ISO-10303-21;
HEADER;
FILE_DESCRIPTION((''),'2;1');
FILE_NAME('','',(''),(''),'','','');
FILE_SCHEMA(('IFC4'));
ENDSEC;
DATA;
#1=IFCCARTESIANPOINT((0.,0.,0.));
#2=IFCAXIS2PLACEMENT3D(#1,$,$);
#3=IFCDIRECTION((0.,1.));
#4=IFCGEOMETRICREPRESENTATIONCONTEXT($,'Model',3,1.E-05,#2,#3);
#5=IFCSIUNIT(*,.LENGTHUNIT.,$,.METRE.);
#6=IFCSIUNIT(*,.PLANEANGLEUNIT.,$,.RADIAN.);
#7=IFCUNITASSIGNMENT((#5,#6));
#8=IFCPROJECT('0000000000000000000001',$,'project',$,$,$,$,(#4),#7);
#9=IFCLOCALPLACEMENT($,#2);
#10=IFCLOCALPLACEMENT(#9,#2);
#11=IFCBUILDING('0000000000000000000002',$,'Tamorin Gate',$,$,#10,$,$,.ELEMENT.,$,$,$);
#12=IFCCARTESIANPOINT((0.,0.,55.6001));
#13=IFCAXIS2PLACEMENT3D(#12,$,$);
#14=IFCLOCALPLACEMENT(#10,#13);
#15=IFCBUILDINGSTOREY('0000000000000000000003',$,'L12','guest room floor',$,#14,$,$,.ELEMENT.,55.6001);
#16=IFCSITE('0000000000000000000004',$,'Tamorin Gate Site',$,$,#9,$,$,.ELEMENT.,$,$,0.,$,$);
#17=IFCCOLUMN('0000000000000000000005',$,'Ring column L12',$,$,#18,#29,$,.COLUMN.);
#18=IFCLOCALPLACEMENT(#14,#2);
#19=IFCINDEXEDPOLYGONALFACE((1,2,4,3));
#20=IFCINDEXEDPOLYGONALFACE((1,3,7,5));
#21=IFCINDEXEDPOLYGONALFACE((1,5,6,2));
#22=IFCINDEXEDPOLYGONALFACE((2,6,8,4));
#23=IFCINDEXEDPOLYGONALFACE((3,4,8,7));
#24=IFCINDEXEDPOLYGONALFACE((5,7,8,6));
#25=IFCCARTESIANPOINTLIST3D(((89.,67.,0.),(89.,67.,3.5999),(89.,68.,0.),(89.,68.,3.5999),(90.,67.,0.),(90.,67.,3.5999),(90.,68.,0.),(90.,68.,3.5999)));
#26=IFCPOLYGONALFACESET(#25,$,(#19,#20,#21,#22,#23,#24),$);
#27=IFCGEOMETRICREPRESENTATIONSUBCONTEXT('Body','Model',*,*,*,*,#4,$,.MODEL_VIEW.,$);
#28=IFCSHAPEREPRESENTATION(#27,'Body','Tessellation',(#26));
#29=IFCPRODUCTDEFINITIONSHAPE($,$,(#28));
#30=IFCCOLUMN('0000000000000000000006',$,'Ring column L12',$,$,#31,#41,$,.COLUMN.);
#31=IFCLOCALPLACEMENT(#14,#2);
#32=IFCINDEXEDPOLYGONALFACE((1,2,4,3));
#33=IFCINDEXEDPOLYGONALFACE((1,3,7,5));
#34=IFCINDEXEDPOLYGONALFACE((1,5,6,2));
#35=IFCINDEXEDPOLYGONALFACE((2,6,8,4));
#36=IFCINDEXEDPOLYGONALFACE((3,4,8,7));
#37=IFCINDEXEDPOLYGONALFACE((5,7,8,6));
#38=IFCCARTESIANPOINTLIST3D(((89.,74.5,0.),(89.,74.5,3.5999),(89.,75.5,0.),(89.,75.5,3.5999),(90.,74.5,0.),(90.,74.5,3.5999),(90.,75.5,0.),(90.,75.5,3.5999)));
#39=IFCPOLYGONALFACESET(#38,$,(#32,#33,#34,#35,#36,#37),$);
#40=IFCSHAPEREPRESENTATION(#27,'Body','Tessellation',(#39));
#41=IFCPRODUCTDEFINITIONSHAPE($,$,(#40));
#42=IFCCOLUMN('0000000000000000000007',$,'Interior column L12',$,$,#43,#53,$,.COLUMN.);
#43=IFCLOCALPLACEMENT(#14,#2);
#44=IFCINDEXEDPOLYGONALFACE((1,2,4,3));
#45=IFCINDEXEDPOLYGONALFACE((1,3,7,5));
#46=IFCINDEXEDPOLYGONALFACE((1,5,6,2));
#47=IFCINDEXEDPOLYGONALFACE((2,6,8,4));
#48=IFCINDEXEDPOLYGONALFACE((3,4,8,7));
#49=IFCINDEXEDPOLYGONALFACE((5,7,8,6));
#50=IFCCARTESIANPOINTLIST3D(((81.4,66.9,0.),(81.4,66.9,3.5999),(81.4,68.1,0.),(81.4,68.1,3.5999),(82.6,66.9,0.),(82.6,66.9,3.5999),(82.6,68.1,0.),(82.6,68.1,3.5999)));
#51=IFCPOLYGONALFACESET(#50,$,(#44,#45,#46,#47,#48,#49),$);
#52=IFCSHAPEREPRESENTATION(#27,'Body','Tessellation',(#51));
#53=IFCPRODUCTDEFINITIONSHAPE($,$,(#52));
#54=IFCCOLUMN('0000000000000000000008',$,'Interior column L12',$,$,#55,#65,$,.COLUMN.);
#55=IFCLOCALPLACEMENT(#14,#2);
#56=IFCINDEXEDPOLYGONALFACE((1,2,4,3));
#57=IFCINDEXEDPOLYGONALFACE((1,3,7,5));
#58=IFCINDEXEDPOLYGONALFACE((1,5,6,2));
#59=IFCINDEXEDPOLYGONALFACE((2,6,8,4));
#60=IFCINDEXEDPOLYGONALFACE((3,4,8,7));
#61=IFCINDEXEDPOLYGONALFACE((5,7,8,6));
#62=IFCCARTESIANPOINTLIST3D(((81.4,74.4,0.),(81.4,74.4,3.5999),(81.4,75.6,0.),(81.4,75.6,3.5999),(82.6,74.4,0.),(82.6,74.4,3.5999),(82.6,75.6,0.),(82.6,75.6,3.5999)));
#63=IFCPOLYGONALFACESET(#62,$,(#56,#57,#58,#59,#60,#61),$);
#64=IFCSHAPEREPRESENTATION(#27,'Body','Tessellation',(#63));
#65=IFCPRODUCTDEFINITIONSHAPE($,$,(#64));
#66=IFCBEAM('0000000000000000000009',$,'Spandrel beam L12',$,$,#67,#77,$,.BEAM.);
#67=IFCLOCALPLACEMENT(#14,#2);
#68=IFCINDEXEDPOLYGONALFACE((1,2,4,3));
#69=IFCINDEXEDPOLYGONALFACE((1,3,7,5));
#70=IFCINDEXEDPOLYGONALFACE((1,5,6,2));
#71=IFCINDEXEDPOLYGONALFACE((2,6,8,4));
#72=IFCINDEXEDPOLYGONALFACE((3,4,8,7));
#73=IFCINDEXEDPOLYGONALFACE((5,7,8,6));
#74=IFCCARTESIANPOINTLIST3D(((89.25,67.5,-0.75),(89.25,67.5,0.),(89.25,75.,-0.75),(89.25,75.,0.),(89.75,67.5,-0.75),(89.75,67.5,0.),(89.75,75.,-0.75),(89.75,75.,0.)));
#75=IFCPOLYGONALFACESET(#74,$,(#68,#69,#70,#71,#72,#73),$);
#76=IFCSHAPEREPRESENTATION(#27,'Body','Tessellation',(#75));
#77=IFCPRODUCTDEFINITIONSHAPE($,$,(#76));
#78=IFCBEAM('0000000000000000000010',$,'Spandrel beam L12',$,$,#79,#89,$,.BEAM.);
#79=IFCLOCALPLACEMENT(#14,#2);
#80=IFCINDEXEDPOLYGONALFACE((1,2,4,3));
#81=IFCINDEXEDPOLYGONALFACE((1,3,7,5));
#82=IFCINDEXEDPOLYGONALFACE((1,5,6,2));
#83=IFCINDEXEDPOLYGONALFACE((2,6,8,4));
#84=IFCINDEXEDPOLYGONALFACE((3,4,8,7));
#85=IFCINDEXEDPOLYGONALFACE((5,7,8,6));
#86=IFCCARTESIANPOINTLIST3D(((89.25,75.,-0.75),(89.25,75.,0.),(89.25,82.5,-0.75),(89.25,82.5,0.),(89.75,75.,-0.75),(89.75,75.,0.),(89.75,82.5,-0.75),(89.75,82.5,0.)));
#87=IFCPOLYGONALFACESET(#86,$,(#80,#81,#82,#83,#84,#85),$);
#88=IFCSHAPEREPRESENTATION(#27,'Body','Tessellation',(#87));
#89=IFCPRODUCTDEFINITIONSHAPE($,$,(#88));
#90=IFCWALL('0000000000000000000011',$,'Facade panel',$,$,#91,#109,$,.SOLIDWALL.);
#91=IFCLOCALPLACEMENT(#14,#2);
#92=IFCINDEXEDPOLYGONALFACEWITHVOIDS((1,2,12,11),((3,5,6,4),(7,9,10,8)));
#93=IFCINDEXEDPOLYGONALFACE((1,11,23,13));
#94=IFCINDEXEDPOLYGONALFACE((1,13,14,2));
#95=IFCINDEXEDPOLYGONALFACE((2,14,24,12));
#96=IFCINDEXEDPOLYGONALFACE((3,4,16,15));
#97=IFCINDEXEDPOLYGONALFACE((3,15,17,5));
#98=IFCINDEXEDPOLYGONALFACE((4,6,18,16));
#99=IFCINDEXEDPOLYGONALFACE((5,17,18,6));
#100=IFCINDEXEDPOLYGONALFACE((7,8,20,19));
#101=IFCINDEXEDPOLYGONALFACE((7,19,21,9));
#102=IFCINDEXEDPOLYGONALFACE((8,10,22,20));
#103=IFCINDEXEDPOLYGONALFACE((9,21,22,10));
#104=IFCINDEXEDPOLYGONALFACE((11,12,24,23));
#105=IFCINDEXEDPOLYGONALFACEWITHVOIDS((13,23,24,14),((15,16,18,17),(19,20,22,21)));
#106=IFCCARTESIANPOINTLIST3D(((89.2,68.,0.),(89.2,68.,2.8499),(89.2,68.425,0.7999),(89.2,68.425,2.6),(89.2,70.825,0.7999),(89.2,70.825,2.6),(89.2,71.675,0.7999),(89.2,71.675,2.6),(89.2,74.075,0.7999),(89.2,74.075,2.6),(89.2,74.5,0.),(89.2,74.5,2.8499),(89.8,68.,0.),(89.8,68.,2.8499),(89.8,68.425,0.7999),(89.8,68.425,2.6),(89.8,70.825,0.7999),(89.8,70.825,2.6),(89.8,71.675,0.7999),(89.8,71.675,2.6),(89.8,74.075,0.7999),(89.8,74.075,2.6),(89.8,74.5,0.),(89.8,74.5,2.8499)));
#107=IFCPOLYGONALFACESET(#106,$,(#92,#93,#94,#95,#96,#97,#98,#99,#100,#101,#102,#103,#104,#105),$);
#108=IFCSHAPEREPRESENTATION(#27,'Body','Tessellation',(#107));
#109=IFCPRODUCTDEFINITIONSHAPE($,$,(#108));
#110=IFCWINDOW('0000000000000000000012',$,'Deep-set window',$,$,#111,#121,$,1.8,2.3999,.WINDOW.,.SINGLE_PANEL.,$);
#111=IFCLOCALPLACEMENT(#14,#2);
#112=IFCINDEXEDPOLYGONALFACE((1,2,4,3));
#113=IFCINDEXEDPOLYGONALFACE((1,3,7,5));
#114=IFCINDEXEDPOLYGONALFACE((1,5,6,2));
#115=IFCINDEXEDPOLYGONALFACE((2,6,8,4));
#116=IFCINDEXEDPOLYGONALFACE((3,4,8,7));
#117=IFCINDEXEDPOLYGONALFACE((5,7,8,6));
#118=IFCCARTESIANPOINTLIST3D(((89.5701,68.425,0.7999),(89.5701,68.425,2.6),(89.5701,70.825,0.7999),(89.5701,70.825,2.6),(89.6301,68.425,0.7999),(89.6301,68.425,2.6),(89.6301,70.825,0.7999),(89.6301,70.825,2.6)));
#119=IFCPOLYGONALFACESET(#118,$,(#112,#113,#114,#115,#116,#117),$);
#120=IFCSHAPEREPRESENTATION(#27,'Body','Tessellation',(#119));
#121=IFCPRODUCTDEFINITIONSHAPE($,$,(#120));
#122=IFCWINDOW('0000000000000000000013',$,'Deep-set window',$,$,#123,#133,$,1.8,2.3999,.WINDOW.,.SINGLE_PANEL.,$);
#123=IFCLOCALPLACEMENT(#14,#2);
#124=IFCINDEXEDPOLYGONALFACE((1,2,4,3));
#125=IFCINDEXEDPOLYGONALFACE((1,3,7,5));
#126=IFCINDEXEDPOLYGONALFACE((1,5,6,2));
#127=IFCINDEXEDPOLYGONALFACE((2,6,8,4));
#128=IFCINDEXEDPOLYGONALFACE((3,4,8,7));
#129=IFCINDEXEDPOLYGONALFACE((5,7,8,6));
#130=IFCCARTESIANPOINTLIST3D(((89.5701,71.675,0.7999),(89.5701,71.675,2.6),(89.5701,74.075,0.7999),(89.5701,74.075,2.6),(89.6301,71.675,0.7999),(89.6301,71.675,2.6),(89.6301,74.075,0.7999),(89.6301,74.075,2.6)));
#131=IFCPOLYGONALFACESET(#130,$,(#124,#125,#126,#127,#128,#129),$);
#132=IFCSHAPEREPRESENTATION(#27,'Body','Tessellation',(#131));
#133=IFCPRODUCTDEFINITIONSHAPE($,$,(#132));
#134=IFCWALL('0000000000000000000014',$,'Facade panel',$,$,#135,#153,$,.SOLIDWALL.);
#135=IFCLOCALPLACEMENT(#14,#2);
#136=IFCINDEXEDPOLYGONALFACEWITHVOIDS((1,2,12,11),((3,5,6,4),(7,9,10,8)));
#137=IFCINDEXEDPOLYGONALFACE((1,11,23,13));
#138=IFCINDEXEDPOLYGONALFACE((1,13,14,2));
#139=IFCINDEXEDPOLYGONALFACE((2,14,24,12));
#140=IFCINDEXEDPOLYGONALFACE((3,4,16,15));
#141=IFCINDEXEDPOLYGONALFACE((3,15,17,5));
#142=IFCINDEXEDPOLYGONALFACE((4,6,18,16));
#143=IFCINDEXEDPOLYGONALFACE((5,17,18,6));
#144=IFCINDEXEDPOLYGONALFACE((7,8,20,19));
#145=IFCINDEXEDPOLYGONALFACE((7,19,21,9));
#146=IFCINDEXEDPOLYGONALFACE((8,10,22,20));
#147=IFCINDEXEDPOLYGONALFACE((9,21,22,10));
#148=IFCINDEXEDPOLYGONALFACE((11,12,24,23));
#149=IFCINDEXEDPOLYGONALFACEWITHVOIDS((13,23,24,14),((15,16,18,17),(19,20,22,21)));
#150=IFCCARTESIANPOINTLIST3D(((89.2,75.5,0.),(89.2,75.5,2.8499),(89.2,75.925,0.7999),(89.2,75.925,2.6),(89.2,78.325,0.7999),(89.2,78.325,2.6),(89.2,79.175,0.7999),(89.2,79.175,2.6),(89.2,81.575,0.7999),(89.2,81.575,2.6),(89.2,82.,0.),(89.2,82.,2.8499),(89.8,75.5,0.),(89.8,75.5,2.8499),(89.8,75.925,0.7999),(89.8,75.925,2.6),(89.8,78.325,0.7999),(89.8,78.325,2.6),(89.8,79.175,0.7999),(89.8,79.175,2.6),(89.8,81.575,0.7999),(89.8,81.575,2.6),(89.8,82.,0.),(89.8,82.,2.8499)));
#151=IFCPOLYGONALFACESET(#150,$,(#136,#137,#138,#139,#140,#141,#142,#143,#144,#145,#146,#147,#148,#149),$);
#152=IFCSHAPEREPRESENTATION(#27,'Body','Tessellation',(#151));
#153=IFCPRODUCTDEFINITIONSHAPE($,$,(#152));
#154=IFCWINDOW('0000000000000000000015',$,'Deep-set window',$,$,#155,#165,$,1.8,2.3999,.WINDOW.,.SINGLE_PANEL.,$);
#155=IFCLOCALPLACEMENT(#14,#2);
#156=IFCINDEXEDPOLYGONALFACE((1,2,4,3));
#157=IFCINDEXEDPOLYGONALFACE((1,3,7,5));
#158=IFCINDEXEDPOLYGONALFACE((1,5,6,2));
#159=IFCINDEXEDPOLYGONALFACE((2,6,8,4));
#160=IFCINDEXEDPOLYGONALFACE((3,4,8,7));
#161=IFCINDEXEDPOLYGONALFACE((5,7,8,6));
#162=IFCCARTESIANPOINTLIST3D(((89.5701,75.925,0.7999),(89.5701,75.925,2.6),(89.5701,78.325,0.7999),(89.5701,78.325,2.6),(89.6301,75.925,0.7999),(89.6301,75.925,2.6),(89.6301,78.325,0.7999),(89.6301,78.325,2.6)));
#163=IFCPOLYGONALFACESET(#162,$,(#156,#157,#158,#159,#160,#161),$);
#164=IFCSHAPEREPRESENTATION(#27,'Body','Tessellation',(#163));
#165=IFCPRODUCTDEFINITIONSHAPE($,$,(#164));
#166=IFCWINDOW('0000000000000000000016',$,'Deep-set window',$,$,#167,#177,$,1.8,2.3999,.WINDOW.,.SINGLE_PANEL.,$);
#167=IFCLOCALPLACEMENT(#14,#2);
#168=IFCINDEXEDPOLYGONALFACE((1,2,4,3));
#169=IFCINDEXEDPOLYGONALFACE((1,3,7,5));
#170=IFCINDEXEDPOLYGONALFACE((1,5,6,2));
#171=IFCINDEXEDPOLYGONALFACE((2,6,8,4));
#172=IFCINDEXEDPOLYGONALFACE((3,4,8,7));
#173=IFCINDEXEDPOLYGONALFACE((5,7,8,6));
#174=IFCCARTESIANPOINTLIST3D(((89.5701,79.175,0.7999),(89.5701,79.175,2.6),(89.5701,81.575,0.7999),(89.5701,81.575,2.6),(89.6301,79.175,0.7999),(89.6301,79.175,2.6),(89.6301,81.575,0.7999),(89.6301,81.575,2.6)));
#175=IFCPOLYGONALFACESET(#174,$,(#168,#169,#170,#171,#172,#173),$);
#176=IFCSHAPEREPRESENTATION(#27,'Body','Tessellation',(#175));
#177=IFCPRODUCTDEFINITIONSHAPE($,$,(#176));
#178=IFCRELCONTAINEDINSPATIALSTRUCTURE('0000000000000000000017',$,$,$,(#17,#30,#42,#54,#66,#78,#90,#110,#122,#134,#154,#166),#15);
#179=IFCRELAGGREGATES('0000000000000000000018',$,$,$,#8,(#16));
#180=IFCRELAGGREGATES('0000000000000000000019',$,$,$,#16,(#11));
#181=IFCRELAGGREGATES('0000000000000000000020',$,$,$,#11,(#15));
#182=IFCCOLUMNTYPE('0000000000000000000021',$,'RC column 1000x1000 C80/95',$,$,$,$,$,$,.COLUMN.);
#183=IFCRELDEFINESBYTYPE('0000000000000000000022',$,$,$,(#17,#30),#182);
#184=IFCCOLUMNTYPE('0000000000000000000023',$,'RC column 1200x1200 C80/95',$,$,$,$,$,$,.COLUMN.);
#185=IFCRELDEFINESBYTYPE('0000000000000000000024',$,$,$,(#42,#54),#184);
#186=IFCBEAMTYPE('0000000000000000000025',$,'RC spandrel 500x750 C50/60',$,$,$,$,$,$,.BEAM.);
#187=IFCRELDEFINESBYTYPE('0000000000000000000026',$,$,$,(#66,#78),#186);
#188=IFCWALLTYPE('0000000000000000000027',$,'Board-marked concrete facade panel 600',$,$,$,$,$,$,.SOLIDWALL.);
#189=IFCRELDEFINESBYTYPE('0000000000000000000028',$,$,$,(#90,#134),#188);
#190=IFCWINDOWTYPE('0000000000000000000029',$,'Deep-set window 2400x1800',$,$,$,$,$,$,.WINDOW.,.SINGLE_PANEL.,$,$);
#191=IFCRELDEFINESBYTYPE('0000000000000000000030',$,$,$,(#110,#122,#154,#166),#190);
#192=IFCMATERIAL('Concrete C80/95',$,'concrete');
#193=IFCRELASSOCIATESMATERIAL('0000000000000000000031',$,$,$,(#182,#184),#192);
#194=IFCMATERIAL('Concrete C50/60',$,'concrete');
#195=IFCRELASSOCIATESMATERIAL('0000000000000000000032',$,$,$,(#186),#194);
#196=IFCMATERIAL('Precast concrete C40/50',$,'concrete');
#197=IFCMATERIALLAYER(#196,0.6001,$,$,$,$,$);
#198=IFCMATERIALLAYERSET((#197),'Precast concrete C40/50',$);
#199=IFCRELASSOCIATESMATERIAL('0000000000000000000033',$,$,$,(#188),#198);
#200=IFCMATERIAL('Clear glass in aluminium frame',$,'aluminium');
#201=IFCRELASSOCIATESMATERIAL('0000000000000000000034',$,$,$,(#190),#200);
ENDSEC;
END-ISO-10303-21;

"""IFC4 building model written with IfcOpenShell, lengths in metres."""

from ifc_helpers import new_model, si_unit, direction, frame, frame_2d, origin, origin_2d, place, context, subcontext, project, spatial, rectangle, extrude, material, layer, layer_set, material_profile, profile_set, type_object, element, fill, save


model = new_model("IFC4")

# Units and contexts
model_context = context("Model", 3, precision=1e-05, world=origin(), true_north=direction((0.0, 1.0)))
body_context = subcontext(model_context, "Body", "Model", "MODEL_VIEW")
ifc_project = project(units=[si_unit("LENGTHUNIT", "METRE"), si_unit("PLANEANGLEUNIT", "RADIAN")], contexts=[model_context])

# Site, building, storey
site_placement = place(None, origin())
site = spatial("IfcSite", under=ifc_project, at=site_placement, Name="Tamorin Gate Site", CompositionType="ELEMENT", RefElevation=0.0)
building_placement = place(site_placement, origin())
building = spatial("IfcBuilding", under=site, at=building_placement, Name="Tamorin Gate", CompositionType="ELEMENT")
storey_placement = place(building_placement, frame((0.0, 0.0, 55.6001)))
storey = spatial("IfcBuildingStorey", under=building, at=storey_placement, Name="L12", Description="guest room floor", CompositionType="ELEMENT", Elevation=55.6001)

# Columns
ifc_material_1 = material(Name="Concrete C80/95", Category="concrete")
ifc_material_profile_1 = material_profile(ifc_material_1, rectangle(XDim=1.0, YDim=1.0, at=origin_2d()), Name="RC 1000x1000")
ifc_profile_set_1 = profile_set([ifc_material_profile_1], Name="Concrete C80/95")
column_type_1 = type_object("IfcColumnType", Name="RC column 1000x1000 C80/95", PredefinedType="COLUMN", material=ifc_profile_set_1)
for number, where, z_axis, x_axis, name in (
    (1, (89.5, 67.5, 0.0), (0.0, 0.0, 1.0), (1.0, 0.0, 0.0), "Ring column L12"),
    (2, (89.5, 75.0, 0.0), (0.0, 0.0, 1.0), (1.0, 0.0, 0.0), "Ring column L12"),
):
    element("IfcColumn", number, at=place(storey_placement, frame(where, z_axis=z_axis, x_axis=x_axis)), inside=storey, type_object=column_type_1, Name=name, PredefinedType="COLUMN", context=body_context, shape_type="SweptSolid", body=[
        extrude(rectangle(XDim=1.0, YDim=1.0, at=origin_2d()), origin(), (0.0, 0.0, 1.0), 3.5999),
    ])
ifc_material_profile_2 = material_profile(ifc_material_1, rectangle(XDim=1.2, YDim=1.2, at=origin_2d()), Name="RC 1200x1200")
ifc_profile_set_2 = profile_set([ifc_material_profile_2], Name="Concrete C80/95")
column_type_2 = type_object("IfcColumnType", Name="RC column 1200x1200 C80/95", PredefinedType="COLUMN", material=ifc_profile_set_2)
for number, where, z_axis, x_axis, name in (
    (3, (82.0, 67.5, 0.0), (0.0, 0.0, 1.0), (1.0, 0.0, 0.0), "Interior column L12"),
    (4, (82.0, 75.0, 0.0), (0.0, 0.0, 1.0), (1.0, 0.0, 0.0), "Interior column L12"),
):
    element("IfcColumn", number, at=place(storey_placement, frame(where, z_axis=z_axis, x_axis=x_axis)), inside=storey, type_object=column_type_2, Name=name, PredefinedType="COLUMN", context=body_context, shape_type="SweptSolid", body=[
        extrude(rectangle(XDim=1.2, YDim=1.2, at=origin_2d()), origin(), (0.0, 0.0, 1.0), 3.5999),
    ])

# Beams
ifc_material_2 = material(Name="Concrete C50/60", Category="concrete")
ifc_material_profile_3 = material_profile(ifc_material_2, rectangle(XDim=0.5, YDim=0.75, at=origin_2d()), Name="RC 500x750")
ifc_profile_set_3 = profile_set([ifc_material_profile_3], Name="Concrete C50/60")
beam_type = type_object("IfcBeamType", Name="RC spandrel 500x750 C50/60", PredefinedType="BEAM", material=ifc_profile_set_3)
for number, where, z_axis, x_axis, name in (
    (5, (89.5, 67.5, -0.375), (0.0, 1.0, 0.0), (-1.0, 0.0, 0.0), "Spandrel beam L12"),
    (6, (89.5, 75.0, -0.375), (0.0, 1.0, 0.0), (-1.0, 0.0, 0.0), "Spandrel beam L12"),
):
    element("IfcBeam", number, at=place(storey_placement, frame(where, z_axis=z_axis, x_axis=x_axis)), inside=storey, type_object=beam_type, Name=name, PredefinedType="BEAM", context=body_context, shape_type="SweptSolid", body=[
        extrude(rectangle(XDim=0.5, YDim=0.75, at=origin_2d()), origin(), (0.0, 0.0, 1.0), 7.5),
    ])

# Walls, openings, windows
ifc_material_3 = material(Name="Precast concrete C40/50", Category="concrete")
ifc_layer_1 = layer(ifc_material_3, 0.6001)
ifc_layer_set_1 = layer_set([ifc_layer_1], Name="Precast concrete C40/50")
wall_type_1 = type_object("IfcWallType", Name="Board-marked concrete facade panel 600", PredefinedType="SOLIDWALL", material=ifc_layer_set_1)
wall_1_placement = place(storey_placement, frame((89.5, 68.0, 0.0), z_axis=(0.0, 0.0, 1.0), x_axis=(0.0, 1.0, 0.0)))
wall_1 = element("IfcWall", 7, at=wall_1_placement, inside=storey, type_object=wall_type_1, Name="Facade panel", PredefinedType="SOLIDWALL", context=body_context, shape_type="SweptSolid", body=[
    extrude(rectangle(XDim=6.5, YDim=0.6001, at=frame_2d((3.25, 0.0))), origin(), (0.0, 0.0, 1.0), 2.8499),
])
opening_1_placement = place(wall_1_placement, frame((0.425, 0.0, 0.8)))
opening_1 = element("IfcOpeningElement", 8, at=opening_1_placement, cuts=wall_1, PredefinedType="OPENING", context=body_context, shape_type="SweptSolid", body=[
    extrude(rectangle(XDim=2.3999, YDim=1.8, at=frame_2d((1.2, 0.8999))), frame((0.0, 0.3101, 0.0), z_axis=(0.0, -1.0, 0.0), x_axis=(1.0, 0.0, 0.0)), (0.0, 0.0, 1.0), 0.6201),
])
opening_2_placement = place(wall_1_placement, frame((3.675, 0.0, 0.8)))
opening_2 = element("IfcOpeningElement", 9, at=opening_2_placement, cuts=wall_1, PredefinedType="OPENING", context=body_context, shape_type="SweptSolid", body=[
    extrude(rectangle(XDim=2.3999, YDim=1.8, at=frame_2d((1.2, 0.8999))), frame((0.0, 0.3101, 0.0), z_axis=(0.0, -1.0, 0.0), x_axis=(1.0, 0.0, 0.0)), (0.0, 0.0, 1.0), 0.6201),
])
ifc_material_4 = material(Name="Clear glass in aluminium frame", Category="aluminium")
window_type = type_object("IfcWindowType", Name="Deep-set window 2400x1800", PartitioningType="SINGLE_PANEL", PredefinedType="WINDOW", material=ifc_material_4)
window_1_placement = place(opening_1_placement, origin())
window_1 = element("IfcWindow", 10, at=window_1_placement, inside=storey, type_object=window_type, Name="Deep-set window", OverallHeight=1.8, OverallWidth=2.3999, PartitioningType="SINGLE_PANEL", PredefinedType="WINDOW", context=body_context, shape_type="SweptSolid", body=[
    extrude(rectangle(XDim=2.3999, YDim=1.8, at=frame_2d((1.2, 0.8999))), frame((0.0, -0.0701, 0.0), z_axis=(0.0, -1.0, 0.0), x_axis=(1.0, 0.0, 0.0)), (0.0, 0.0, 1.0), 0.0601),
])
fill(opening_1, window_1)
window_2_placement = place(opening_2_placement, origin())
window_2 = element("IfcWindow", 11, at=window_2_placement, inside=storey, type_object=window_type, Name="Deep-set window", OverallHeight=1.8, OverallWidth=2.3999, PartitioningType="SINGLE_PANEL", PredefinedType="WINDOW", context=body_context, shape_type="SweptSolid", body=[
    extrude(rectangle(XDim=2.3999, YDim=1.8, at=frame_2d((1.2, 0.8999))), frame((0.0, -0.0701, 0.0), z_axis=(0.0, -1.0, 0.0), x_axis=(1.0, 0.0, 0.0)), (0.0, 0.0, 1.0), 0.0601),
])
fill(opening_2, window_2)
wall_2_placement = place(storey_placement, frame((89.5, 75.5, 0.0), z_axis=(0.0, 0.0, 1.0), x_axis=(0.0, 1.0, 0.0)))
wall_2 = element("IfcWall", 12, at=wall_2_placement, inside=storey, type_object=wall_type_1, Name="Facade panel", PredefinedType="SOLIDWALL", context=body_context, shape_type="SweptSolid", body=[
    extrude(rectangle(XDim=6.5, YDim=0.6001, at=frame_2d((3.25, 0.0))), origin(), (0.0, 0.0, 1.0), 2.8499),
])
opening_3_placement = place(wall_2_placement, frame((0.425, 0.0, 0.8)))
opening_3 = element("IfcOpeningElement", 13, at=opening_3_placement, cuts=wall_2, PredefinedType="OPENING", context=body_context, shape_type="SweptSolid", body=[
    extrude(rectangle(XDim=2.3999, YDim=1.8, at=frame_2d((1.2, 0.8999))), frame((0.0, 0.3101, 0.0), z_axis=(0.0, -1.0, 0.0), x_axis=(1.0, 0.0, 0.0)), (0.0, 0.0, 1.0), 0.6201),
])
opening_4_placement = place(wall_2_placement, frame((3.675, 0.0, 0.8)))
opening_4 = element("IfcOpeningElement", 14, at=opening_4_placement, cuts=wall_2, PredefinedType="OPENING", context=body_context, shape_type="SweptSolid", body=[
    extrude(rectangle(XDim=2.3999, YDim=1.8, at=frame_2d((1.2, 0.8999))), frame((0.0, 0.3101, 0.0), z_axis=(0.0, -1.0, 0.0), x_axis=(1.0, 0.0, 0.0)), (0.0, 0.0, 1.0), 0.6201),
])
window_3_placement = place(opening_3_placement, origin())
window_3 = element("IfcWindow", 15, at=window_3_placement, inside=storey, type_object=window_type, Name="Deep-set window", OverallHeight=1.8, OverallWidth=2.3999, PartitioningType="SINGLE_PANEL", PredefinedType="WINDOW", context=body_context, shape_type="SweptSolid", body=[
    extrude(rectangle(XDim=2.3999, YDim=1.8, at=frame_2d((1.2, 0.8999))), frame((0.0, -0.0701, 0.0), z_axis=(0.0, -1.0, 0.0), x_axis=(1.0, 0.0, 0.0)), (0.0, 0.0, 1.0), 0.0601),
])
fill(opening_3, window_3)
window_4_placement = place(opening_4_placement, origin())
window_4 = element("IfcWindow", 16, at=window_4_placement, inside=storey, type_object=window_type, Name="Deep-set window", OverallHeight=1.8, OverallWidth=2.3999, PartitioningType="SINGLE_PANEL", PredefinedType="WINDOW", context=body_context, shape_type="SweptSolid", body=[
    extrude(rectangle(XDim=2.3999, YDim=1.8, at=frame_2d((1.2, 0.8999))), frame((0.0, -0.0701, 0.0), z_axis=(0.0, -1.0, 0.0), x_axis=(1.0, 0.0, 0.0)), (0.0, 0.0, 1.0), 0.0601),
])
fill(opening_4, window_4)

save(model, "model.ifc")
